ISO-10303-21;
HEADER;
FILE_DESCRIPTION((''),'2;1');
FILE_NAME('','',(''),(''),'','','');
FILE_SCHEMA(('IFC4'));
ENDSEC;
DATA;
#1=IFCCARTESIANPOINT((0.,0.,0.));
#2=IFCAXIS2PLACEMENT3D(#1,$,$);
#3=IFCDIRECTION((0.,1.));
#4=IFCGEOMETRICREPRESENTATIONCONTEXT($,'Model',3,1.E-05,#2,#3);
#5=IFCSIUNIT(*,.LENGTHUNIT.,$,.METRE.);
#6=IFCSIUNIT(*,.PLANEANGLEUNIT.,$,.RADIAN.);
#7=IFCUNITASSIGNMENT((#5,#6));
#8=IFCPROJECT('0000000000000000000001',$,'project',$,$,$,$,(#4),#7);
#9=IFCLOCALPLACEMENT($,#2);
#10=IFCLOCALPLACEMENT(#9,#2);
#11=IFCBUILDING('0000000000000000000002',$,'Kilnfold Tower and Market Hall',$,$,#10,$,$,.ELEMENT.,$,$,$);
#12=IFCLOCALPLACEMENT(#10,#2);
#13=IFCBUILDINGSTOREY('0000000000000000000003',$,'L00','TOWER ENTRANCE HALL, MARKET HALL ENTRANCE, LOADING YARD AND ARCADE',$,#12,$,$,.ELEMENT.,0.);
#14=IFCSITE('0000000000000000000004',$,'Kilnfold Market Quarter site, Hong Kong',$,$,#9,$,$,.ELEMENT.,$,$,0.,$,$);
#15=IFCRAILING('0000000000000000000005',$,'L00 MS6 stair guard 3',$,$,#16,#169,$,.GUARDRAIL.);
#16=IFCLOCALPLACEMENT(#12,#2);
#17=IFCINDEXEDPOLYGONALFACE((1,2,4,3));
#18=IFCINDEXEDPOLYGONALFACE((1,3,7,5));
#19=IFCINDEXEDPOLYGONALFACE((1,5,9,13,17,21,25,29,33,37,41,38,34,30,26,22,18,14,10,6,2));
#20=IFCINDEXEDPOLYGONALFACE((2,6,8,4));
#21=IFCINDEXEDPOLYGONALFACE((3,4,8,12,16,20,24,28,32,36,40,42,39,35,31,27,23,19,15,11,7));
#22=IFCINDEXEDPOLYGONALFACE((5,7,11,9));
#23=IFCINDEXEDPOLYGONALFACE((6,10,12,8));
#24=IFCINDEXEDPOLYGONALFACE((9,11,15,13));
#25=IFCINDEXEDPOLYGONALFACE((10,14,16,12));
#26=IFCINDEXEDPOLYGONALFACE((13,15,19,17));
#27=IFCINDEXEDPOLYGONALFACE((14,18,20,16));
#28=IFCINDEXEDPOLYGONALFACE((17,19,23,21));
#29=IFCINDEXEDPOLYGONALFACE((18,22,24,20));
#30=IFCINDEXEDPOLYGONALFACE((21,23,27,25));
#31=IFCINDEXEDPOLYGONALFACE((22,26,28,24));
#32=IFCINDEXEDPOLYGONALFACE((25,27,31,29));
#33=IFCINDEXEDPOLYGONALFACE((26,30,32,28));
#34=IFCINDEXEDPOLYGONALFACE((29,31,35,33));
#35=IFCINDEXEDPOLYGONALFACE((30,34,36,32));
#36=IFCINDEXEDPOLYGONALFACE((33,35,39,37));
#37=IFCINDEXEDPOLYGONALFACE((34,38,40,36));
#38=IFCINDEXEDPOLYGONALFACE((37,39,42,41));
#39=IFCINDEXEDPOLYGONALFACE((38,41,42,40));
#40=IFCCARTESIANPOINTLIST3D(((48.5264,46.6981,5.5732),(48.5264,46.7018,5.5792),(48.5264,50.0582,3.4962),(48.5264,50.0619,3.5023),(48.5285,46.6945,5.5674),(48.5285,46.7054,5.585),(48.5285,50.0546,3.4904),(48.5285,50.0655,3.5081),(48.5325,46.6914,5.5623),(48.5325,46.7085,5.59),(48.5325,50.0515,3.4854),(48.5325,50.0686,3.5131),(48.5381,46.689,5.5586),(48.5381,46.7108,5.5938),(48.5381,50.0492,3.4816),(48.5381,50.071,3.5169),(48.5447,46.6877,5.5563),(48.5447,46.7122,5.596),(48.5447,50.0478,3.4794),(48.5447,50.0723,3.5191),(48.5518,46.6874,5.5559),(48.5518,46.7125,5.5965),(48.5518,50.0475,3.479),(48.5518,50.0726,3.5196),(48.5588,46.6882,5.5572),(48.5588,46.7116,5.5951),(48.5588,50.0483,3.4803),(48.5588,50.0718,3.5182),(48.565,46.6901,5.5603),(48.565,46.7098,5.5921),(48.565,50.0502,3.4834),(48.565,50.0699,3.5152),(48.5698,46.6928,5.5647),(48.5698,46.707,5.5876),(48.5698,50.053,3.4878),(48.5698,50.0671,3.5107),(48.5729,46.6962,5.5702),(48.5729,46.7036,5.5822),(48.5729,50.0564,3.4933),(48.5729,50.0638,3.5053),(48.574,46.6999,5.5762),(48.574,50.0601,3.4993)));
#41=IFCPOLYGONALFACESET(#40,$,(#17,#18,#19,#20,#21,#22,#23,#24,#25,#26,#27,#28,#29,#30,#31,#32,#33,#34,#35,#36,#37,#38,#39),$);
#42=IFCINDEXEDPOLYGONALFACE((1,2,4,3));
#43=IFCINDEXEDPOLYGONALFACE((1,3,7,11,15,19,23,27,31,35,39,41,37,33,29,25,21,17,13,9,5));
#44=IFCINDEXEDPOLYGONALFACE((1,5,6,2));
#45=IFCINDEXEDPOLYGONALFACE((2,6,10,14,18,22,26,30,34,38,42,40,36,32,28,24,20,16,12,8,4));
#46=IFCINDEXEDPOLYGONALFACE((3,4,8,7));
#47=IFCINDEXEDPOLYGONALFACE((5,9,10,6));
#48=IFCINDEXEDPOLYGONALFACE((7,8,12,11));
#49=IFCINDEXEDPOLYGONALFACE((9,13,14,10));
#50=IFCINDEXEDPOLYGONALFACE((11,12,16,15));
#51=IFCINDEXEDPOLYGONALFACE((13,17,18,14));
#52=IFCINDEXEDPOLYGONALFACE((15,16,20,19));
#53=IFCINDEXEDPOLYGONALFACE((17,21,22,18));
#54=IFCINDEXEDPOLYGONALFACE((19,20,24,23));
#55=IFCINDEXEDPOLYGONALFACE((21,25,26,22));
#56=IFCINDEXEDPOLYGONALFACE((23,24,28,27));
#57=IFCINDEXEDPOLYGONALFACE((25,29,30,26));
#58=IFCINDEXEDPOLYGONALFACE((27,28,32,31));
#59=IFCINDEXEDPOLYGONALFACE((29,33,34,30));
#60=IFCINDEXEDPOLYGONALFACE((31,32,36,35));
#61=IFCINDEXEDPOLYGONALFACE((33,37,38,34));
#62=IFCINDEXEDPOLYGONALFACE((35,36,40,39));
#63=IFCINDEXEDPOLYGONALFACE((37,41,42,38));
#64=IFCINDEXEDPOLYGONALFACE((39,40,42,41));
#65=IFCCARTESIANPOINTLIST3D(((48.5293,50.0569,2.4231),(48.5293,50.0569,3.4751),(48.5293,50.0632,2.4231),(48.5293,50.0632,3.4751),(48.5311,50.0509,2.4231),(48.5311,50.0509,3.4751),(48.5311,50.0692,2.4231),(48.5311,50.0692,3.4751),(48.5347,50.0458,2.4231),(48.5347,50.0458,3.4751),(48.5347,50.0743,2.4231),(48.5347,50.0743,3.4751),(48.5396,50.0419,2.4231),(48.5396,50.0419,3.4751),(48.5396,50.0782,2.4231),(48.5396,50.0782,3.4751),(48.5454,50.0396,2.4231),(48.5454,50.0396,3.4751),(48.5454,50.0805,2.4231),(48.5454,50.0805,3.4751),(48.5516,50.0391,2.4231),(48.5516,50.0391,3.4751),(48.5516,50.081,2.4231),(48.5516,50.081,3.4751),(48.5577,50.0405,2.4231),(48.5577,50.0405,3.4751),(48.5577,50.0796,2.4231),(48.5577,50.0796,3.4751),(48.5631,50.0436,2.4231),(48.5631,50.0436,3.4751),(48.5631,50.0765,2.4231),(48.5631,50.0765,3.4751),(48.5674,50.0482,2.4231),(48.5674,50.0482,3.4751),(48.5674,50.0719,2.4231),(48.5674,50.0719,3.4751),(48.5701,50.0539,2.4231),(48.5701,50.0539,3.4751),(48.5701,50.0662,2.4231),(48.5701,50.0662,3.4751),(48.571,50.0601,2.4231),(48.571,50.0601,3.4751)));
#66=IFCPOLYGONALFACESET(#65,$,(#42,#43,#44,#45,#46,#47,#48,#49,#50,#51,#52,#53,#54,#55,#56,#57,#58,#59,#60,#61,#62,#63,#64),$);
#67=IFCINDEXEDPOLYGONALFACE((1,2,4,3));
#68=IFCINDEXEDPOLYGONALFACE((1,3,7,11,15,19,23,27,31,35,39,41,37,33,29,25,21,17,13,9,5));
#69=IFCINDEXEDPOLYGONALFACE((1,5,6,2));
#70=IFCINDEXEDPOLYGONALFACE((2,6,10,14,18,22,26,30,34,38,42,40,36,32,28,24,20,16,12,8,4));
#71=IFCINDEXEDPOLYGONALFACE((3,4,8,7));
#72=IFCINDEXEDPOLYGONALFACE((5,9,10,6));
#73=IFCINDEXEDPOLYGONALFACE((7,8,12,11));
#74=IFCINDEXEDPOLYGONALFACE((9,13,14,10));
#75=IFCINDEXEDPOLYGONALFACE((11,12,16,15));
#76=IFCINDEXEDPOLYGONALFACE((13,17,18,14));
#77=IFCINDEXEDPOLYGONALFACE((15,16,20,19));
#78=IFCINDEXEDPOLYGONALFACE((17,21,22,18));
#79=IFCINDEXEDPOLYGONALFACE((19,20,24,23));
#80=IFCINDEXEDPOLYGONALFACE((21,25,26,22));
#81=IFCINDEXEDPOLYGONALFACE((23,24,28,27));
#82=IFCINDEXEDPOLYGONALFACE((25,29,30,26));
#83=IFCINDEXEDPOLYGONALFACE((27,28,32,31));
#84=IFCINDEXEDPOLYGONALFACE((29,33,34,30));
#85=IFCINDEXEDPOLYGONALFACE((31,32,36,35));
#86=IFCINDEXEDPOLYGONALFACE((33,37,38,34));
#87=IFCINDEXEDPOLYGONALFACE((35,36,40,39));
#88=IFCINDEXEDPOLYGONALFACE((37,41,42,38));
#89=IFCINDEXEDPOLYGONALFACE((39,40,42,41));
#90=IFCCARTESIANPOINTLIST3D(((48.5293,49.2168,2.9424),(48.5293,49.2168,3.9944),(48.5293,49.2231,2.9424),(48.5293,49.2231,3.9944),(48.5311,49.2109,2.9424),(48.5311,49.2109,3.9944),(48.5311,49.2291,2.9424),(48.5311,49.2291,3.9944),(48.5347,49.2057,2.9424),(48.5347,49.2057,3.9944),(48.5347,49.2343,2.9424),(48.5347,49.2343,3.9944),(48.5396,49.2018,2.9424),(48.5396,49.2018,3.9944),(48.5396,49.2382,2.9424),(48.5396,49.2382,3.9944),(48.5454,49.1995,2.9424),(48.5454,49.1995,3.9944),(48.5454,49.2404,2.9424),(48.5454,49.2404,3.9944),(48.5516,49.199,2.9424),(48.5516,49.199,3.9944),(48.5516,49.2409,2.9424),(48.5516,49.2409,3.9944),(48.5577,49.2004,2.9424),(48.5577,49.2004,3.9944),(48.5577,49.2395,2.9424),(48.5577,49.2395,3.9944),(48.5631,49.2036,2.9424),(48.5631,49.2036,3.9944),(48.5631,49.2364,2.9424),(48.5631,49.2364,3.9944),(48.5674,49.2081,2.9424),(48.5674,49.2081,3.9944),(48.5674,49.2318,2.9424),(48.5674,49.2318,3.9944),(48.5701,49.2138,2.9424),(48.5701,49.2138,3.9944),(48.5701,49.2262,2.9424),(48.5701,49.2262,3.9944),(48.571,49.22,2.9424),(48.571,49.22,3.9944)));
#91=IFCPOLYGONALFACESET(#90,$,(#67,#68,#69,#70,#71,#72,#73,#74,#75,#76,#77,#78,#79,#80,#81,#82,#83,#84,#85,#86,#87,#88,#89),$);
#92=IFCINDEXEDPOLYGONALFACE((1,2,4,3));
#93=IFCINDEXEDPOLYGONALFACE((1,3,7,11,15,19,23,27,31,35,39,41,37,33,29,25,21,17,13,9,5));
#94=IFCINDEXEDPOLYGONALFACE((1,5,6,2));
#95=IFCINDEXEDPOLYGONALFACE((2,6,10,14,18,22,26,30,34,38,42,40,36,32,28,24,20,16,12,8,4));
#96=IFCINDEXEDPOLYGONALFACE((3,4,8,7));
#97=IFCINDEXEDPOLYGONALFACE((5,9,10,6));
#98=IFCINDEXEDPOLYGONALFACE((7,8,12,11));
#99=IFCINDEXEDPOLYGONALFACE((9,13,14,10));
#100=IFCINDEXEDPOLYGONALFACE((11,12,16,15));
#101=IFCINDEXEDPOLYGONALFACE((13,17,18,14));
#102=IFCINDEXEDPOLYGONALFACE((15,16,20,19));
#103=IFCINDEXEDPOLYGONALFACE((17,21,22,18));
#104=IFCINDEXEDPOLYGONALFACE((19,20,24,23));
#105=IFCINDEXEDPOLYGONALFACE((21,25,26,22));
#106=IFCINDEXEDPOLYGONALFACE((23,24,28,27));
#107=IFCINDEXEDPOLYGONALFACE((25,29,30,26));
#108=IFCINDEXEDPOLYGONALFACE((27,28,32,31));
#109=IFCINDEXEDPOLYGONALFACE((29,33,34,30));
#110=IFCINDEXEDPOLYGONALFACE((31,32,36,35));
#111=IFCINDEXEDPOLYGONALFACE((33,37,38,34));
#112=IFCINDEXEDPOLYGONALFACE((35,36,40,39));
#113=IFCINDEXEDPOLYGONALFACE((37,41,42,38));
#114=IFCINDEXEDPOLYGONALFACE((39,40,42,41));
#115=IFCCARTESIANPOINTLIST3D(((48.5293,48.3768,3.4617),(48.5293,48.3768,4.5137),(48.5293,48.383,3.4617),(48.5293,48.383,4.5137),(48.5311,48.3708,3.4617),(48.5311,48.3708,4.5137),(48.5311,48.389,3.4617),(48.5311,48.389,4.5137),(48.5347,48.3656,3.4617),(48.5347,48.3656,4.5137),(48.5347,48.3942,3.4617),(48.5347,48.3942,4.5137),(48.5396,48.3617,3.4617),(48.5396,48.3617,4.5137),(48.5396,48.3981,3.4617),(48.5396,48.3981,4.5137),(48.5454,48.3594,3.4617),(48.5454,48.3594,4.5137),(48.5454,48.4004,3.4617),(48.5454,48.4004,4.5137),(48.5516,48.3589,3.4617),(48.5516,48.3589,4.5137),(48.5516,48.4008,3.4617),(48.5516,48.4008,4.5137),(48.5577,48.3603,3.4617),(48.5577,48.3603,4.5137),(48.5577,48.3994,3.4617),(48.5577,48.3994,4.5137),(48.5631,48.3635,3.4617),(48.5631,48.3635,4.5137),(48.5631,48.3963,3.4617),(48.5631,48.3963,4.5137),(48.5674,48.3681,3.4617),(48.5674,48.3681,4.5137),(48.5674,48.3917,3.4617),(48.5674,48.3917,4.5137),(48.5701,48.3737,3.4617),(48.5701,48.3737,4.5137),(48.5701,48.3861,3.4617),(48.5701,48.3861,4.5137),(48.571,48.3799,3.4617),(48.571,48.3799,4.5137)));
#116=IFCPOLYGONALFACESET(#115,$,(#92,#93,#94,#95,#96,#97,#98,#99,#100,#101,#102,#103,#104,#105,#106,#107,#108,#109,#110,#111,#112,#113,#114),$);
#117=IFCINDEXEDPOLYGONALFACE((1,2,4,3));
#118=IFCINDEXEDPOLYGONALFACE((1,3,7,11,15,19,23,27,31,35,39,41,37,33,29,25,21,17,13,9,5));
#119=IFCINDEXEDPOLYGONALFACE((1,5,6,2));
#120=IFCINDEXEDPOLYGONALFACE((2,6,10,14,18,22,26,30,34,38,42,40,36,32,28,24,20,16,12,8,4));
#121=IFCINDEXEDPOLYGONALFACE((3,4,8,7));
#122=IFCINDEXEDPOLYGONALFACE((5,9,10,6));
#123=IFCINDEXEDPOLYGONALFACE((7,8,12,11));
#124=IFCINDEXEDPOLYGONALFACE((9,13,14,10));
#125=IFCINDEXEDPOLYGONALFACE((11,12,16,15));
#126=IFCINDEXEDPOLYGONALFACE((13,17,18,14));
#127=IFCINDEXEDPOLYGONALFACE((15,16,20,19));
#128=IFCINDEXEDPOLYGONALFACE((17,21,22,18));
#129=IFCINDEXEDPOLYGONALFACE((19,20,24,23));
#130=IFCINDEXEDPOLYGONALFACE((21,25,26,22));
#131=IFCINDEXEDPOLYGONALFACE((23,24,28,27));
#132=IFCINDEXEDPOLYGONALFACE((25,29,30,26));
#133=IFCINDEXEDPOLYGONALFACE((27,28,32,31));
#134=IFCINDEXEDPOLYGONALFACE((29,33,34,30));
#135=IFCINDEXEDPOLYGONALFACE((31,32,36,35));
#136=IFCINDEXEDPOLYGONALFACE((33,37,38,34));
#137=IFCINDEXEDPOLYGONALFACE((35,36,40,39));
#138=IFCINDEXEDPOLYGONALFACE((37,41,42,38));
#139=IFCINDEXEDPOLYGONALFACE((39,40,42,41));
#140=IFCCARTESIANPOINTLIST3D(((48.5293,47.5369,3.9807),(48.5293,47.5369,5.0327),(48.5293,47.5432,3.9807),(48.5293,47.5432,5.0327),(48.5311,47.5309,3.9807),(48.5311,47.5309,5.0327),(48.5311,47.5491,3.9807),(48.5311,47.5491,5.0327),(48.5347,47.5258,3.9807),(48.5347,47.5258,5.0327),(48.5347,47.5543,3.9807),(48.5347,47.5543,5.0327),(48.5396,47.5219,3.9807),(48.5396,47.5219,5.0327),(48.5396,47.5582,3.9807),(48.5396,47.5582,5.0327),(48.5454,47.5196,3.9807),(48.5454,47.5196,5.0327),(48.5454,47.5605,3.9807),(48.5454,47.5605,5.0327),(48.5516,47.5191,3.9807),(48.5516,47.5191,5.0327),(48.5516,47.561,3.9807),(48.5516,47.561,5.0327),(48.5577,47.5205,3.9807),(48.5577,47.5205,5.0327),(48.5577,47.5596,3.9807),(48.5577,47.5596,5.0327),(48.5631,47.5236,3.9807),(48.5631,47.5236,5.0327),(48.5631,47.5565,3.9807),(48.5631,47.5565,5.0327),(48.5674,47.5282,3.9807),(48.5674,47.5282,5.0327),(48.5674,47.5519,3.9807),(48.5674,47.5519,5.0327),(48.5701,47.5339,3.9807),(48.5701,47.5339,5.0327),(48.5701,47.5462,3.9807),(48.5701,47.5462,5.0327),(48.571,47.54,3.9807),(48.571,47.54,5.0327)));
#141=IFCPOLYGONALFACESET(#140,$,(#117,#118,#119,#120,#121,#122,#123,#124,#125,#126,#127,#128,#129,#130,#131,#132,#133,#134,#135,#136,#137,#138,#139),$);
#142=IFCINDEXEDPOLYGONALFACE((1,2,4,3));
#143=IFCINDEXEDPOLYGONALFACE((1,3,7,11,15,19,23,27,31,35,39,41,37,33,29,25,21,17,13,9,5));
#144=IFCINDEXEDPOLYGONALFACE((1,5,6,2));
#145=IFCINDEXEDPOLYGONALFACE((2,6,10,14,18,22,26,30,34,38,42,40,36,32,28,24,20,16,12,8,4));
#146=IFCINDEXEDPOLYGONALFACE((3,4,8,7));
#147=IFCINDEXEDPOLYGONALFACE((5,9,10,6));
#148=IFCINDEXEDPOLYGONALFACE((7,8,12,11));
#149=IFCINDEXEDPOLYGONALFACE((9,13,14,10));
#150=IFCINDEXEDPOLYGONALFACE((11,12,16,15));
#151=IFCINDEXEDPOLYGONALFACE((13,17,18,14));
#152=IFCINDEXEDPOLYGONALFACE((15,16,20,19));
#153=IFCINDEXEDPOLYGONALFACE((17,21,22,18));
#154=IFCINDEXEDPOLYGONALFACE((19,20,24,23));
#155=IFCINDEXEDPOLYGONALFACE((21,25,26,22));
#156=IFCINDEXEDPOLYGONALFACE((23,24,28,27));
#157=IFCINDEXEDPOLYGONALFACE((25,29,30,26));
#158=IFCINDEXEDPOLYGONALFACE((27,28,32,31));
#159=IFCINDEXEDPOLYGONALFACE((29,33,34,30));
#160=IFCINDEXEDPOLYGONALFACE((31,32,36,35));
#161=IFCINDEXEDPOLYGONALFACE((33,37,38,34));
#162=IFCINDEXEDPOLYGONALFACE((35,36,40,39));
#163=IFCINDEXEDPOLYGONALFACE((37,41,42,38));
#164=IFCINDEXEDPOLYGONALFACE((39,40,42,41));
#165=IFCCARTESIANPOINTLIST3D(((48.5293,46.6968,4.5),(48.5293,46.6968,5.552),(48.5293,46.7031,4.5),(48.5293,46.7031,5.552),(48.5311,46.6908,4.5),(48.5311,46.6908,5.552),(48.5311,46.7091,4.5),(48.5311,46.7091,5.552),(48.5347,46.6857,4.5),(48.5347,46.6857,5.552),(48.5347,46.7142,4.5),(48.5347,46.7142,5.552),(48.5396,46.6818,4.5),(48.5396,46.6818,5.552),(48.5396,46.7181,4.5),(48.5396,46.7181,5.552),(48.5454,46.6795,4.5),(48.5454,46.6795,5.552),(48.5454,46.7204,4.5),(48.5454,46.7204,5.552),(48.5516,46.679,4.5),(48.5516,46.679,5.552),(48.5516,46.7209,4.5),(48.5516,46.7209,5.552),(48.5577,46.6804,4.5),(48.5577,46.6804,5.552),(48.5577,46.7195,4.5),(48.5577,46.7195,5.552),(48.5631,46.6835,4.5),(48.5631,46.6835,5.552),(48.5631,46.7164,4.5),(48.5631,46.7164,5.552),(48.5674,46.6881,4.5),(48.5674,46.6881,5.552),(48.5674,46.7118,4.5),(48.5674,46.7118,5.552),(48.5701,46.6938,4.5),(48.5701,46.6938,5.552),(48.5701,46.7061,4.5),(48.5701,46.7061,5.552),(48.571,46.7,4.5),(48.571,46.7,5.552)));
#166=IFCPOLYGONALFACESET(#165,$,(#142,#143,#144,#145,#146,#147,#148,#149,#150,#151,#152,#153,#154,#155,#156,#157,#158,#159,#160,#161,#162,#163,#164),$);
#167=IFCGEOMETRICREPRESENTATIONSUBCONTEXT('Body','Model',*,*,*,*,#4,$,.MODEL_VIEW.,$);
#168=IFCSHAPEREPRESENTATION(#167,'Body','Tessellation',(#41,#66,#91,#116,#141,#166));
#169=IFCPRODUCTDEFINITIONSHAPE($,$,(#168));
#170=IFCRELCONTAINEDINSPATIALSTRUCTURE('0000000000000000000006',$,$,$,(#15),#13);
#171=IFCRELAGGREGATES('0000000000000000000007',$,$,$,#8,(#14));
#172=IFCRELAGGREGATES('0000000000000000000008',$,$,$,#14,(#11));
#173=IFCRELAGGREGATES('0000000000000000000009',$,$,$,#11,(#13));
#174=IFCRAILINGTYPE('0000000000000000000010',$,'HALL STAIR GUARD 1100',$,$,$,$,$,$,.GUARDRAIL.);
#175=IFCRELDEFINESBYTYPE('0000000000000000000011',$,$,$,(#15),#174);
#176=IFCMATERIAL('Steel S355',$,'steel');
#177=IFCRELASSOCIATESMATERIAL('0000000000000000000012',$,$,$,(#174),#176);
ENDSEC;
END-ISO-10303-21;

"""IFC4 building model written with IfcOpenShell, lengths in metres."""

from ifc_helpers import new_model, si_unit, direction, frame, origin, origin_2d, place, context, subcontext, project, spatial, circle, extrude, material, type_object, element, save


model = new_model("IFC4")

# Units and contexts
model_context = context("Model", 3, precision=1e-05, world=origin(), true_north=direction((0.0, 1.0)))
body_context = subcontext(model_context, "Body", "Model", "MODEL_VIEW")
ifc_project = project(units=[si_unit("LENGTHUNIT", "METRE"), si_unit("PLANEANGLEUNIT", "RADIAN")], contexts=[model_context])

# Site, building, storey
site_placement = place(None, origin())
site = spatial("IfcSite", under=ifc_project, at=site_placement, Name="Kilnfold Market Quarter site, Hong Kong", CompositionType="ELEMENT", RefElevation=0.0)
building_placement = place(site_placement, origin())
building = spatial("IfcBuilding", under=site, at=building_placement, Name="Kilnfold Tower and Market Hall", CompositionType="ELEMENT")
storey_placement = place(building_placement, origin())
storey = spatial("IfcBuildingStorey", under=building, at=storey_placement, Name="L00", Description="TOWER ENTRANCE HALL, MARKET HALL ENTRANCE, LOADING YARD AND ARCADE", CompositionType="ELEMENT", Elevation=0.0)

# Railing
ifc_material_1 = material(Name="Steel S355", Category="steel")
railing_type_1 = type_object("IfcRailingType", Name="HALL STAIR GUARD 1100", PredefinedType="GUARDRAIL", material=ifc_material_1)
railing_1_placement = place(storey_placement, frame((48.55, 50.0601, 2.4231)))
element("IfcRailing", 1, at=railing_1_placement, inside=storey, type_object=railing_type_1, Name="L00 MS6 stair guard 3", PredefinedType="GUARDRAIL", context=body_context, shape_type="SweptSolid", body=[
    extrude(circle(Radius=0.0239, at=origin_2d()), frame((0.0, 0.0, 1.0762), z_axis=(0.0, -0.850623, 0.525776), x_axis=(1.0, 0.0, 0.0)), (0.0, 0.0, 1.0), 3.9502),
    extrude(circle(Radius=0.021, at=origin_2d()), origin(), (0.0, 0.0, 1.0), 1.052),
    extrude(circle(Radius=0.021, at=origin_2d()), frame((0.0, -0.8401, 0.5193)), (0.0, 0.0, 1.0), 1.052),
    extrude(circle(Radius=0.021, at=origin_2d()), frame((0.0, -1.6802, 1.0386)), (0.0, 0.0, 1.0), 1.052),
    extrude(circle(Radius=0.021, at=origin_2d()), frame((0.0, -2.52, 1.5576)), (0.0, 0.0, 1.0), 1.052),
    extrude(circle(Radius=0.021, at=origin_2d()), frame((0.0, -3.3601, 2.0769)), (0.0, 0.0, 1.0), 1.052),
])

save(model, "model.ifc")
